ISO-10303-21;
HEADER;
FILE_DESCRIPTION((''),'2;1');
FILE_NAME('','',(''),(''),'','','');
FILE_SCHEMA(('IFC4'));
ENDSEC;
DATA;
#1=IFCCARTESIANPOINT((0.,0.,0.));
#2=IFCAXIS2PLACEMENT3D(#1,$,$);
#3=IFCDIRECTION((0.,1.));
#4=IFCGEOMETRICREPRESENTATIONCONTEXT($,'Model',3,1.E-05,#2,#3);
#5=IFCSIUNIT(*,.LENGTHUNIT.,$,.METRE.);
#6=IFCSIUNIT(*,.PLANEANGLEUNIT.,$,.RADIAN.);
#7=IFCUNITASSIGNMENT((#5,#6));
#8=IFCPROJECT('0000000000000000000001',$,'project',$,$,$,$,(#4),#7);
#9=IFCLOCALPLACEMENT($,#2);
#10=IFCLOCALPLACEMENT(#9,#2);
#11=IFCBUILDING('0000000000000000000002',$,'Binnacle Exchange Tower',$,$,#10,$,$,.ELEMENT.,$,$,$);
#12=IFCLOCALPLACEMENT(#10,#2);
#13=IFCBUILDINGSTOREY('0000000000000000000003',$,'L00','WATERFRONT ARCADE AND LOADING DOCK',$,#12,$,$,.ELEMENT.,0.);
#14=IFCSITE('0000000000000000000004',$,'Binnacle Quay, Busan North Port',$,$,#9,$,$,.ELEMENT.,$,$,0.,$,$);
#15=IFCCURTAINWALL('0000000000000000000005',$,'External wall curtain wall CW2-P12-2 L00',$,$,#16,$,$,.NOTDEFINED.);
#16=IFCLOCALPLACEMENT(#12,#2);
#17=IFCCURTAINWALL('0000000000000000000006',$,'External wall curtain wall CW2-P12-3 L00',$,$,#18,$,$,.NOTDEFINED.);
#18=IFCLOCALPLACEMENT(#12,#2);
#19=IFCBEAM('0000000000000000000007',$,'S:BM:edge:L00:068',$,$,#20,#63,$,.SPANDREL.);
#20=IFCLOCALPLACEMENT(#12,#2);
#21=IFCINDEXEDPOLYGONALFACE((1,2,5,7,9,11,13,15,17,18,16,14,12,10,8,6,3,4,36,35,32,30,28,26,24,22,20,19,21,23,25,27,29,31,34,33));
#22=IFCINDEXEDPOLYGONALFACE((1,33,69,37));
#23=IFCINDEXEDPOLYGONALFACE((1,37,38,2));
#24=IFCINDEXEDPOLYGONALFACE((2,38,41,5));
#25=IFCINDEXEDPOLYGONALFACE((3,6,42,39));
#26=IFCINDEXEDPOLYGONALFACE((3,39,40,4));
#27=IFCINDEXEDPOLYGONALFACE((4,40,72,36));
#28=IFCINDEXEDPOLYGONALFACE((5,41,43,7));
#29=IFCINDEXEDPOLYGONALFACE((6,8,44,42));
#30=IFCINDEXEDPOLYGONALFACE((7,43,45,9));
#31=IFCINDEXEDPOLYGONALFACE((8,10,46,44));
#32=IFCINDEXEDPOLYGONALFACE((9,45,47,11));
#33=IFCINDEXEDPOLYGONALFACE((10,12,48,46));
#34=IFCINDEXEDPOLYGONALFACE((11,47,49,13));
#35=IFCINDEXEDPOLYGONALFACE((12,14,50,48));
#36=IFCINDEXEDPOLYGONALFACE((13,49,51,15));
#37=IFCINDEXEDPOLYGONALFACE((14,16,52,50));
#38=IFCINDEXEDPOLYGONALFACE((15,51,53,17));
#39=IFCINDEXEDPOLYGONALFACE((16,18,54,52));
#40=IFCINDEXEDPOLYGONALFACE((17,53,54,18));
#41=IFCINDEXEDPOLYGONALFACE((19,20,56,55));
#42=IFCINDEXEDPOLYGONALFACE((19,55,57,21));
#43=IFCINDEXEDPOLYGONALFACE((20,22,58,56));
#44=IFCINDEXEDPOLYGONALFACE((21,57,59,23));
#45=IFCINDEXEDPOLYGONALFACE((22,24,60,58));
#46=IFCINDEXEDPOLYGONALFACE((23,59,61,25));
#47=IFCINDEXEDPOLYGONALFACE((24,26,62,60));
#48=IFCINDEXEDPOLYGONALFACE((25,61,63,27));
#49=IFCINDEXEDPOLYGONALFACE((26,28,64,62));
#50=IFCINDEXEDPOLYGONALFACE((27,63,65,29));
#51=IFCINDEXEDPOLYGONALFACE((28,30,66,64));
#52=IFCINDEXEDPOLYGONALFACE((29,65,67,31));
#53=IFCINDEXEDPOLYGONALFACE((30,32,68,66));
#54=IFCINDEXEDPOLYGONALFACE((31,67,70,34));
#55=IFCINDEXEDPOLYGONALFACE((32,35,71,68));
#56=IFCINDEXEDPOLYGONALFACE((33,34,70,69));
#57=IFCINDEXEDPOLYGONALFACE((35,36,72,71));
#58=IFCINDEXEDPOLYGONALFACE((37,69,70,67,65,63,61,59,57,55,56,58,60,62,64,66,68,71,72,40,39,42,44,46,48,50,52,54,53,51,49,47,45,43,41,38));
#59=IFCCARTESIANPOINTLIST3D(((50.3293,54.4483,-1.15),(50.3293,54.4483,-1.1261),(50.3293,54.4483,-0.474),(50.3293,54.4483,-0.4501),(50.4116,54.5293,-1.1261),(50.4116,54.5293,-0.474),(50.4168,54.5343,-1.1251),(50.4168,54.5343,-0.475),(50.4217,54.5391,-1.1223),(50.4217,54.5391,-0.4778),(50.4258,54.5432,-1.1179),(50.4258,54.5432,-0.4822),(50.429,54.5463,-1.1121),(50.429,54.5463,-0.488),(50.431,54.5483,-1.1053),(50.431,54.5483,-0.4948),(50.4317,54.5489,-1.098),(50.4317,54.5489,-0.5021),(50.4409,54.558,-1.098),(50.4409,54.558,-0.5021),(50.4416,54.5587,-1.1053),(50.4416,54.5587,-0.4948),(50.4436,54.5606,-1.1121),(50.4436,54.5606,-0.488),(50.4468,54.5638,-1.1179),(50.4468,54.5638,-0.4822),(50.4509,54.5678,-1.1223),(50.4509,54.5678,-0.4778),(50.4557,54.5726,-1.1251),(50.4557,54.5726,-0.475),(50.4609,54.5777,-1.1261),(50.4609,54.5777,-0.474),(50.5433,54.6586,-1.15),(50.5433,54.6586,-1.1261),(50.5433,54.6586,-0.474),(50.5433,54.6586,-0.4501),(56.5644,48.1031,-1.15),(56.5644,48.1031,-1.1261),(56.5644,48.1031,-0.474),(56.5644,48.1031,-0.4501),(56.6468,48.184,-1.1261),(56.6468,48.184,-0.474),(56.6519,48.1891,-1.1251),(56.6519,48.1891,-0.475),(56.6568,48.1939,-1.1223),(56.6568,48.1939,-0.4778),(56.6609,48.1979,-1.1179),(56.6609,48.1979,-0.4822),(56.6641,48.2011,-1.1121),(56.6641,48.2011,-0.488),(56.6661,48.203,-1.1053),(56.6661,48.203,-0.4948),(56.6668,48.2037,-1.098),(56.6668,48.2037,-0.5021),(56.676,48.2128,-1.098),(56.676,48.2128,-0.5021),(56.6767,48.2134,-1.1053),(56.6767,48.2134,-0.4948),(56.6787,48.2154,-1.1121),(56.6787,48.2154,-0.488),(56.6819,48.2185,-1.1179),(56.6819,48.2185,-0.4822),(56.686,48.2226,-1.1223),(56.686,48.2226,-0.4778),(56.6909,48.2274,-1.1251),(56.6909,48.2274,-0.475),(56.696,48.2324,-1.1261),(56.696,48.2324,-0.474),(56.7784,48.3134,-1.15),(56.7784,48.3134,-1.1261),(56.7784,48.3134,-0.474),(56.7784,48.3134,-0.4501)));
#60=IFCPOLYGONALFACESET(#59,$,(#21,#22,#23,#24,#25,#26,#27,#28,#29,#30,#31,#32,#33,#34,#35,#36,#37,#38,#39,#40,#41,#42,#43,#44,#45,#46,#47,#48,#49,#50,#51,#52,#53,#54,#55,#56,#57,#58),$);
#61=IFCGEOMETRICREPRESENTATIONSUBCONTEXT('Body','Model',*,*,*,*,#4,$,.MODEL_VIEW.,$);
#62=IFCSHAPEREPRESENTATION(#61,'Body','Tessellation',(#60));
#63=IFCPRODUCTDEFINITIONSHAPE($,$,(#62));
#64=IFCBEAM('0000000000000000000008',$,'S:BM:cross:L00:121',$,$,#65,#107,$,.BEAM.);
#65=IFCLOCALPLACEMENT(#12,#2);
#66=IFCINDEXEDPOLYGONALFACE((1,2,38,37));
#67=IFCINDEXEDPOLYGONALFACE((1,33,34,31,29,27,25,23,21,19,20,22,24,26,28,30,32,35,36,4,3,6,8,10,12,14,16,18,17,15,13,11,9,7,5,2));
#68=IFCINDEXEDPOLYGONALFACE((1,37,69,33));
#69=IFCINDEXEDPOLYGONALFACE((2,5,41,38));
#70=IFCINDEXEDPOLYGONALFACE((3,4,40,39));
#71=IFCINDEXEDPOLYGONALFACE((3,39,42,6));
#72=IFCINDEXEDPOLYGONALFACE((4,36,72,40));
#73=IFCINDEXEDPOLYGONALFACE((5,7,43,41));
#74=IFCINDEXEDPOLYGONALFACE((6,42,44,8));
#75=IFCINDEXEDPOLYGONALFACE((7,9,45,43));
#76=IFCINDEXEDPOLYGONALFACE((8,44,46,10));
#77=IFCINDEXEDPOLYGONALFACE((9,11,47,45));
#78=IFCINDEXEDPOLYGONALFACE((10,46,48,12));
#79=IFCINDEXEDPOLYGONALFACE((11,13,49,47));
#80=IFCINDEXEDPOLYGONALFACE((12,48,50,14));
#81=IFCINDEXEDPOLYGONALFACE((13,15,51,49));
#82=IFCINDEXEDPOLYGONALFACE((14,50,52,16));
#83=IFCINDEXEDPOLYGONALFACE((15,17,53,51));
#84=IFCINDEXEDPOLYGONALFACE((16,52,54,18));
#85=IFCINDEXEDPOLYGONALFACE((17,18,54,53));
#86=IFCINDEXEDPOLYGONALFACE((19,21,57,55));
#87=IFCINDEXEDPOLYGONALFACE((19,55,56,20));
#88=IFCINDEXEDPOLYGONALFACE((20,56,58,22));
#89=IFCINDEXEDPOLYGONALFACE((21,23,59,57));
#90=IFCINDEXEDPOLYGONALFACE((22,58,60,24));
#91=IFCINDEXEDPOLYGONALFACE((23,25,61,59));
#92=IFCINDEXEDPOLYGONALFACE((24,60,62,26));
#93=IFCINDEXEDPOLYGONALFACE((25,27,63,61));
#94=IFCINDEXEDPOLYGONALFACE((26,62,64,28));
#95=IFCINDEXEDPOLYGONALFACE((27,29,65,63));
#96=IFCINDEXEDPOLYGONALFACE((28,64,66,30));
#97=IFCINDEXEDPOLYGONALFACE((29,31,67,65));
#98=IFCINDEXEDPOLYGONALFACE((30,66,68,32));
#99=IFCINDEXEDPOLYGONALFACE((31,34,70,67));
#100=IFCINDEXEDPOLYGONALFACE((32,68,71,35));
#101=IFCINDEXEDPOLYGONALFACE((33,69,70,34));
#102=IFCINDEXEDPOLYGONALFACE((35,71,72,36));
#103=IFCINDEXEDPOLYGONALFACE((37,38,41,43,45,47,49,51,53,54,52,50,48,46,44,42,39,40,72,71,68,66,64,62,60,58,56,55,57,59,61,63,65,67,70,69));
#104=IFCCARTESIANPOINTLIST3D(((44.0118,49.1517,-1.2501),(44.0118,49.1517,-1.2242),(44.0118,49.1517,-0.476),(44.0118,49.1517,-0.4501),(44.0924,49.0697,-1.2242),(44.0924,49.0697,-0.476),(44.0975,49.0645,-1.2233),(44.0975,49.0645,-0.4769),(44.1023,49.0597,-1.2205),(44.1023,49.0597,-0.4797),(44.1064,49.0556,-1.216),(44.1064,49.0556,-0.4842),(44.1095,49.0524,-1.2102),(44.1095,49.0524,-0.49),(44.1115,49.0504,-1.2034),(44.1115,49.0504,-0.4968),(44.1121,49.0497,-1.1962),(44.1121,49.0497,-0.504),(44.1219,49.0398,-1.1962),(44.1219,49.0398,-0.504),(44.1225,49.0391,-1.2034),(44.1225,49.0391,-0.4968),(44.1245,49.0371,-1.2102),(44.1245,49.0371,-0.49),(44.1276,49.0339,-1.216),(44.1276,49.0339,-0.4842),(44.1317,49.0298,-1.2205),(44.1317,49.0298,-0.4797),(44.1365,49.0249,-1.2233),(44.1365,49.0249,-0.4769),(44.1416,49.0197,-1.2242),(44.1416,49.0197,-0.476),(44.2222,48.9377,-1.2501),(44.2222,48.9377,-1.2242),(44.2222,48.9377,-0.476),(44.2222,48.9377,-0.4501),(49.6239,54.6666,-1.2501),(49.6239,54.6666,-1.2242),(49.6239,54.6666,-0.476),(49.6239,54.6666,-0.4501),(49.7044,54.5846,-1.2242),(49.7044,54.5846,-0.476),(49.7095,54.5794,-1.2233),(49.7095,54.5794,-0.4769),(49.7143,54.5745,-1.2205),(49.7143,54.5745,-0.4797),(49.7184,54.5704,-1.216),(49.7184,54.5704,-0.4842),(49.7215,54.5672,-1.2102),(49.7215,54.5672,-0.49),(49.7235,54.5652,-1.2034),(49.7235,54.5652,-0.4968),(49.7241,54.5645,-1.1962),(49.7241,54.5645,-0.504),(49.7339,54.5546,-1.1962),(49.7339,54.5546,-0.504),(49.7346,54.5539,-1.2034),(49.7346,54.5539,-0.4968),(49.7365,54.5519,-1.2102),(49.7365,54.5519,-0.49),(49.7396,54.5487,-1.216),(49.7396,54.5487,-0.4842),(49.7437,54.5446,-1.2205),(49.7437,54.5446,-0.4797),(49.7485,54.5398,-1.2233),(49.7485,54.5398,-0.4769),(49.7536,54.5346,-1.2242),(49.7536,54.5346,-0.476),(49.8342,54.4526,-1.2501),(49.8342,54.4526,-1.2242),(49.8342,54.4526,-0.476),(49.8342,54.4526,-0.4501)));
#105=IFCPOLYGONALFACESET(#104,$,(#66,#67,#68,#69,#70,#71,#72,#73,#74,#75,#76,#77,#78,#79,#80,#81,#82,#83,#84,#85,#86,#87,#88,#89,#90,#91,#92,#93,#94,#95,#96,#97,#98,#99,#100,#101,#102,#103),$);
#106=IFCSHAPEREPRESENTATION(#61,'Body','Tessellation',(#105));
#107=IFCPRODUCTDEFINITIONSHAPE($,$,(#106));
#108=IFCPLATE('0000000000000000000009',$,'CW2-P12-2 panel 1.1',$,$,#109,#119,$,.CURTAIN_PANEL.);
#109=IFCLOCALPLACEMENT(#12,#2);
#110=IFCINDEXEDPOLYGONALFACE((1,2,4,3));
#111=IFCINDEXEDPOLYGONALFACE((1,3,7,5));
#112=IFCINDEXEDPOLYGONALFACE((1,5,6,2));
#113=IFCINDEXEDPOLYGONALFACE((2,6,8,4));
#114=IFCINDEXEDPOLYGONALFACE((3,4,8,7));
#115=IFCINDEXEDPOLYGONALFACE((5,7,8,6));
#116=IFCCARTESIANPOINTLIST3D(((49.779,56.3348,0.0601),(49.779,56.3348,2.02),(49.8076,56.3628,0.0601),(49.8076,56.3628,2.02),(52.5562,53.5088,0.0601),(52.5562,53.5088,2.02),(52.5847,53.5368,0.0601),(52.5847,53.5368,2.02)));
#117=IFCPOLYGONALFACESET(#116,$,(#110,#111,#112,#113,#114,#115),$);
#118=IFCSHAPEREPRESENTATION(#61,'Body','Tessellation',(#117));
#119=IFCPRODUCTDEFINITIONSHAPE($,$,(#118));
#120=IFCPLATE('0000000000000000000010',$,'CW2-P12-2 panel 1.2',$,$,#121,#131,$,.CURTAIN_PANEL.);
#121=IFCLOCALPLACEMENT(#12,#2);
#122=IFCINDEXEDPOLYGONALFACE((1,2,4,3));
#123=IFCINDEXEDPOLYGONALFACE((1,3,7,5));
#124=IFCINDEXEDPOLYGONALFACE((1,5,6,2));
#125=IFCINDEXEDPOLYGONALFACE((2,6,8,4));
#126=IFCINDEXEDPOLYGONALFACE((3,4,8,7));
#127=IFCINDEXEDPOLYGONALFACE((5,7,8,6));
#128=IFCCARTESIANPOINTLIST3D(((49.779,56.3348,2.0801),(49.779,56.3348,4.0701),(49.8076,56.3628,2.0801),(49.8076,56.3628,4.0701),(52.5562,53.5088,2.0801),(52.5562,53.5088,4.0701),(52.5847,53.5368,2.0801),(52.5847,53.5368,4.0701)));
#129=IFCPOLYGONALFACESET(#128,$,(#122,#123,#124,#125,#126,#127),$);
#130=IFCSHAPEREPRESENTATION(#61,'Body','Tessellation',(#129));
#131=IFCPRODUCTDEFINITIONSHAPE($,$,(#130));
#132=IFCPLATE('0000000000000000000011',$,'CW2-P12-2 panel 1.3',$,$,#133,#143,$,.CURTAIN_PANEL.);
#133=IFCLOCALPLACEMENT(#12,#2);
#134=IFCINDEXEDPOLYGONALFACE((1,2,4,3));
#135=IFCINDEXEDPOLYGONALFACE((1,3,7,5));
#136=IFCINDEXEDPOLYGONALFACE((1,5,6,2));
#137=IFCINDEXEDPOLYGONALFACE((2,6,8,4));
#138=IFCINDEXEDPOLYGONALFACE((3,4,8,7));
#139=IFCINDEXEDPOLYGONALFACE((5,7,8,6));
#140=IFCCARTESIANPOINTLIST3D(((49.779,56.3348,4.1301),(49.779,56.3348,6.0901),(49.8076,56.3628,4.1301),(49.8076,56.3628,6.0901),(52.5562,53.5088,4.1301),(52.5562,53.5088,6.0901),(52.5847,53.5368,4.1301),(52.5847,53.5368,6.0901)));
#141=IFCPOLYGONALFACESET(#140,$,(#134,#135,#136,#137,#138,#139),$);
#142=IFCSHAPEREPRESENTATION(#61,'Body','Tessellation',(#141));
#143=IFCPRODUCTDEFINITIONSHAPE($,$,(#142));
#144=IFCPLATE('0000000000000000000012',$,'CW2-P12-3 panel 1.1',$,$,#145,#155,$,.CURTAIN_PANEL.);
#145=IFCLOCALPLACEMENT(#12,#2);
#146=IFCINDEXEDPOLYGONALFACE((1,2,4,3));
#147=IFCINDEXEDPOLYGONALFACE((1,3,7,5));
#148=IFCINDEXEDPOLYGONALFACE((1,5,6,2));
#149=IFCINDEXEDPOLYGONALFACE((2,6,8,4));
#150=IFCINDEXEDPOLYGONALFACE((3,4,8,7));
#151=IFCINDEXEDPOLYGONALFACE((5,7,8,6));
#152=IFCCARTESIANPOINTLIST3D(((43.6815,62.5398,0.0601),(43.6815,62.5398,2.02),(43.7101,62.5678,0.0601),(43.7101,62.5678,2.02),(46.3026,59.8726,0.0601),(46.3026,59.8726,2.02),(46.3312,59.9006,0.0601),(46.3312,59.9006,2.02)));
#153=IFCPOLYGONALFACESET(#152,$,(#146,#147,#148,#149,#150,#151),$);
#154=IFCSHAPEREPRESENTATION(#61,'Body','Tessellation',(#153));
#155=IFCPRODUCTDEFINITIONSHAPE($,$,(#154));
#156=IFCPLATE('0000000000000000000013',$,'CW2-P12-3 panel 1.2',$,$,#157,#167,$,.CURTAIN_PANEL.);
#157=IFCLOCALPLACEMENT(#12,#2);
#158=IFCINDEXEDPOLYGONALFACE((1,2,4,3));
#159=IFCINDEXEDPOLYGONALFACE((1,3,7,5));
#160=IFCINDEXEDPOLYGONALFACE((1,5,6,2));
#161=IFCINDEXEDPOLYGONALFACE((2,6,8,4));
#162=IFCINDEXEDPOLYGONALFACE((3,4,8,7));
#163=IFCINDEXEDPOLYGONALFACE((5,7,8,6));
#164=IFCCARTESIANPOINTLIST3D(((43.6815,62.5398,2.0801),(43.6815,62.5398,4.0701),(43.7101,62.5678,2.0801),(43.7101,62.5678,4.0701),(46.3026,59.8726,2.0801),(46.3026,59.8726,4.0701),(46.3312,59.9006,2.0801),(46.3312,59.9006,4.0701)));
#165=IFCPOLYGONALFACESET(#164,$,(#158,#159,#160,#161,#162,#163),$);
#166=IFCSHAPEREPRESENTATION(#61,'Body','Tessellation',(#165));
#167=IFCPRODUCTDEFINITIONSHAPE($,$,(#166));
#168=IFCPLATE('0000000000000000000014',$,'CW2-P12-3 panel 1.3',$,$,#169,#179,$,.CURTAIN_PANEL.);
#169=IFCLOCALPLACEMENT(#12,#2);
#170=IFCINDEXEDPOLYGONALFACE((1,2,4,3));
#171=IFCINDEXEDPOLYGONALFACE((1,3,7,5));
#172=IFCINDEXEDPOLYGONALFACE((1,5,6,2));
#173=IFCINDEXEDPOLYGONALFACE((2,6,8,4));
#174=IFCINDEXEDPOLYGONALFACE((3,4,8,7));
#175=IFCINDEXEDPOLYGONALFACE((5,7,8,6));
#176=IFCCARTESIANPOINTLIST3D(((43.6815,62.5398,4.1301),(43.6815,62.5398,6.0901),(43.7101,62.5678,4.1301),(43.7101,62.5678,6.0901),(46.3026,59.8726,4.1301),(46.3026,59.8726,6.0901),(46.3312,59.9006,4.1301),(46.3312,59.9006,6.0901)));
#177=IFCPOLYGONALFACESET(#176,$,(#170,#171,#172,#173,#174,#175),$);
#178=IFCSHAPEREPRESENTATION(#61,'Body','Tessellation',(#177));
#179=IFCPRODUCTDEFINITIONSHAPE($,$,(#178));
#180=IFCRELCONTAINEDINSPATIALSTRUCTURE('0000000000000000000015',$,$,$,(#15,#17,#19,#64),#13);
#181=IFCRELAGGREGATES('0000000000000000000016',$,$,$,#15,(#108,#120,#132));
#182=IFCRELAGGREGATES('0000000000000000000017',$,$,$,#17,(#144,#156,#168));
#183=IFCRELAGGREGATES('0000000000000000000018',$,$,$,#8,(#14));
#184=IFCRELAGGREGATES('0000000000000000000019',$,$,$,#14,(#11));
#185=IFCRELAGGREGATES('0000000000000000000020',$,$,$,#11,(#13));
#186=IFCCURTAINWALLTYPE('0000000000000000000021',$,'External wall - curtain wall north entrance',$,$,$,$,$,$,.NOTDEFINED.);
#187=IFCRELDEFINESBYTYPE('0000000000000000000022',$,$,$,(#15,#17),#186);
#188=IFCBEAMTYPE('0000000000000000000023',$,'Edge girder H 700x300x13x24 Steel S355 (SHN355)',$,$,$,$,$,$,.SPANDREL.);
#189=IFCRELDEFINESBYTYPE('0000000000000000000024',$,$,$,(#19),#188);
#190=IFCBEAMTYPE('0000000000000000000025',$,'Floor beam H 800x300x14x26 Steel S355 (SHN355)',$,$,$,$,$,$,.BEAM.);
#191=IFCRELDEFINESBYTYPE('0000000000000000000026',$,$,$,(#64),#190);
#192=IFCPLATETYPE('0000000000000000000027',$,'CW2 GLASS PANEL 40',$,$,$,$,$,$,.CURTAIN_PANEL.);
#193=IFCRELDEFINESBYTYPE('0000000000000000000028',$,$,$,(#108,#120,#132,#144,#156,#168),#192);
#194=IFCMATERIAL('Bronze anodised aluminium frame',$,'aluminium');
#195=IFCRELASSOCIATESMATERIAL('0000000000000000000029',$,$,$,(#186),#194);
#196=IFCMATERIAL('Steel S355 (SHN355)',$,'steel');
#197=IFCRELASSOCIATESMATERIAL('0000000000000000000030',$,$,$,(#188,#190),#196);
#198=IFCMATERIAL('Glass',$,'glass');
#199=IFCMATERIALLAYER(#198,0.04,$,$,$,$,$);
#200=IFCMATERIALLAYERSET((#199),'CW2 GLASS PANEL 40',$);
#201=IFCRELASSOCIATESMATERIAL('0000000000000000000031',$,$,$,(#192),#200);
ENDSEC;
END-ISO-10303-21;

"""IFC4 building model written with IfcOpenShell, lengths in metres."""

from ifc_helpers import new_model, si_unit, direction, frame, origin, origin_2d, place, context, subcontext, project, spatial, rectangle, i_section, extrude, material, layer, layer_set, material_profile, profile_set, type_object, element, aggregate, save


model = new_model("IFC4")

# Units and contexts
model_context = context("Model", 3, precision=1e-05, world=origin(), true_north=direction((0.0, 1.0)))
body_context = subcontext(model_context, "Body", "Model", "MODEL_VIEW")
ifc_project = project(units=[si_unit("LENGTHUNIT", "METRE"), si_unit("PLANEANGLEUNIT", "RADIAN")], contexts=[model_context])

# Site, building, storey
site_placement = place(None, origin())
site = spatial("IfcSite", under=ifc_project, at=site_placement, Name="Binnacle Quay, Busan North Port", CompositionType="ELEMENT", RefElevation=0.0)
building_placement = place(site_placement, origin())
building = spatial("IfcBuilding", under=site, at=building_placement, Name="Binnacle Exchange Tower", CompositionType="ELEMENT")
storey_placement = place(building_placement, origin())
storey = spatial("IfcBuildingStorey", under=building, at=storey_placement, Name="L00", Description="WATERFRONT ARCADE AND LOADING DOCK", CompositionType="ELEMENT", Elevation=0.0)

# Curtain wall
ifc_material_1 = material(Name="Bronze anodised aluminium frame", Category="aluminium")
curtain_wall_type = type_object("IfcCurtainWallType", Name="External wall - curtain wall north entrance", PredefinedType="NOTDEFINED", material=ifc_material_1)
curtain_wall_1_placement = place(storey_placement, origin())
curtain_wall_1 = element("IfcCurtainWall", 1, at=curtain_wall_1_placement, inside=storey, type_object=curtain_wall_type, Name="External wall curtain wall CW2-P12-2 L00", PredefinedType="NOTDEFINED")

# Curtain wall
curtain_wall_2_placement = place(storey_placement, origin())
curtain_wall_2 = element("IfcCurtainWall", 2, at=curtain_wall_2_placement, inside=storey, type_object=curtain_wall_type, Name="External wall curtain wall CW2-P12-3 L00", PredefinedType="NOTDEFINED")

# Beams
ifc_material_2 = material(Name="Steel S355 (SHN355)", Category="steel")
ifc_material_profile_1 = material_profile(ifc_material_2, i_section(OverallWidth=0.3, OverallDepth=0.7, WebThickness=0.0129, FlangeThickness=0.0239, FilletRadius=0.0281, at=origin_2d()), Name="H 700x300x13x24")
ifc_profile_set_1 = profile_set([ifc_material_profile_1], Name="Steel S355 (SHN355)")
beam_type_1 = type_object("IfcBeamType", Name="Edge girder H 700x300x13x24 Steel S355 (SHN355)", PredefinedType="SPANDREL", material=ifc_profile_set_1)
beam_1_placement = place(storey_placement, frame((50.4363, 54.5535, -0.8), z_axis=(0.700891, -0.713268, 0.0), x_axis=(0.713268, 0.700891, 0.0)))
element("IfcBeam", 3, at=beam_1_placement, inside=storey, type_object=beam_type_1, Name="S:BM:edge:L00:068", PredefinedType="SPANDREL", context=body_context, shape_type="SweptSolid", body=[
    extrude(i_section(OverallWidth=0.3, OverallDepth=0.7, WebThickness=0.0129, FlangeThickness=0.0239, FilletRadius=0.0281, at=origin_2d()), origin(), (0.0, 0.0, 1.0), 8.896),
])
ifc_material_profile_2 = material_profile(ifc_material_2, i_section(OverallWidth=0.3, OverallDepth=0.8, WebThickness=0.0139, FlangeThickness=0.0259, FilletRadius=0.0281, at=origin_2d()), Name="H 800x300x14x26")
ifc_profile_set_2 = profile_set([ifc_material_profile_2], Name="Steel S355 (SHN355)")
beam_type_2 = type_object("IfcBeamType", Name="Floor beam H 800x300x14x26 Steel S355 (SHN355)", PredefinedType="BEAM", material=ifc_profile_set_2)
beam_2_placement = place(storey_placement, frame((49.729, 54.5596, -0.8501), z_axis=(-0.713255, -0.700905, 0.0), x_axis=(0.700905, -0.713255, 0.0)))
element("IfcBeam", 4, at=beam_2_placement, inside=storey, type_object=beam_type_2, Name="S:BM:cross:L00:121", PredefinedType="BEAM", context=body_context, shape_type="SweptSolid", body=[
    extrude(i_section(OverallWidth=0.3, OverallDepth=0.8, WebThickness=0.0139, FlangeThickness=0.0259, FilletRadius=0.0281, at=origin_2d()), origin(), (0.0, 0.0, 1.0), 7.8682),
])

# Plates
ifc_material_3 = material(Name="Glass", Category="glass")
ifc_layer_1 = layer(ifc_material_3, 0.04)
ifc_layer_set_1 = layer_set([ifc_layer_1], Name="CW2 GLASS PANEL 40")
plate_type = type_object("IfcPlateType", Name="CW2 GLASS PANEL 40", PredefinedType="CURTAIN_PANEL", material=ifc_layer_set_1)
plate_1_placement = place(storey_placement, frame((51.1819, 54.9358, 0.0601), z_axis=(0.0, 0.0, 1.0), x_axis=(-0.700909, 0.71325, 0.0)))
plate_1 = element("IfcPlate", 5, at=plate_1_placement, type_object=plate_type, Name="CW2-P12-2 panel 1.1", PredefinedType="CURTAIN_PANEL", context=body_context, shape_type="SweptSolid", body=[
    extrude(rectangle(XDim=3.9622, YDim=0.04, at=origin_2d()), origin(), (0.0, 0.0, 1.0), 1.96),
])
plate_2_placement = place(storey_placement, frame((51.1819, 54.9358, 2.0801), z_axis=(0.0, 0.0, 1.0), x_axis=(-0.700909, 0.71325, 0.0)))
plate_2 = element("IfcPlate", 6, at=plate_2_placement, type_object=plate_type, Name="CW2-P12-2 panel 1.2", PredefinedType="CURTAIN_PANEL", context=body_context, shape_type="SweptSolid", body=[
    extrude(rectangle(XDim=3.9622, YDim=0.04, at=origin_2d()), origin(), (0.0, 0.0, 1.0), 1.99),
])
plate_3_placement = place(storey_placement, frame((51.1819, 54.9358, 4.1301), z_axis=(0.0, 0.0, 1.0), x_axis=(-0.700909, 0.71325, 0.0)))
plate_3 = element("IfcPlate", 7, at=plate_3_placement, type_object=plate_type, Name="CW2-P12-2 panel 1.3", PredefinedType="CURTAIN_PANEL", context=body_context, shape_type="SweptSolid", body=[
    extrude(rectangle(XDim=3.9622, YDim=0.04, at=origin_2d()), origin(), (0.0, 0.0, 1.0), 1.96),
])
aggregate(curtain_wall_1, [plate_1, plate_2, plate_3])
plate_4_placement = place(storey_placement, frame((45.0063, 61.2202, 0.0601), z_axis=(0.0, 0.0, 1.0), x_axis=(-0.700909, 0.71325, 0.0)))
plate_4 = element("IfcPlate", 8, at=plate_4_placement, type_object=plate_type, Name="CW2-P12-3 panel 1.1", PredefinedType="CURTAIN_PANEL", context=body_context, shape_type="SweptSolid", body=[
    extrude(rectangle(XDim=3.7395, YDim=0.04, at=origin_2d()), origin(), (0.0, 0.0, 1.0), 1.96),
])
plate_5_placement = place(storey_placement, frame((45.0063, 61.2202, 2.0801), z_axis=(0.0, 0.0, 1.0), x_axis=(-0.700909, 0.71325, 0.0)))
plate_5 = element("IfcPlate", 9, at=plate_5_placement, type_object=plate_type, Name="CW2-P12-3 panel 1.2", PredefinedType="CURTAIN_PANEL", context=body_context, shape_type="SweptSolid", body=[
    extrude(rectangle(XDim=3.7395, YDim=0.04, at=origin_2d()), origin(), (0.0, 0.0, 1.0), 1.99),
])
plate_6_placement = place(storey_placement, frame((45.0063, 61.2202, 4.1301), z_axis=(0.0, 0.0, 1.0), x_axis=(-0.700909, 0.71325, 0.0)))
plate_6 = element("IfcPlate", 10, at=plate_6_placement, type_object=plate_type, Name="CW2-P12-3 panel 1.3", PredefinedType="CURTAIN_PANEL", context=body_context, shape_type="SweptSolid", body=[
    extrude(rectangle(XDim=3.7395, YDim=0.04, at=origin_2d()), origin(), (0.0, 0.0, 1.0), 1.96),
])
aggregate(curtain_wall_2, [plate_4, plate_5, plate_6])

save(model, "model.ifc")
